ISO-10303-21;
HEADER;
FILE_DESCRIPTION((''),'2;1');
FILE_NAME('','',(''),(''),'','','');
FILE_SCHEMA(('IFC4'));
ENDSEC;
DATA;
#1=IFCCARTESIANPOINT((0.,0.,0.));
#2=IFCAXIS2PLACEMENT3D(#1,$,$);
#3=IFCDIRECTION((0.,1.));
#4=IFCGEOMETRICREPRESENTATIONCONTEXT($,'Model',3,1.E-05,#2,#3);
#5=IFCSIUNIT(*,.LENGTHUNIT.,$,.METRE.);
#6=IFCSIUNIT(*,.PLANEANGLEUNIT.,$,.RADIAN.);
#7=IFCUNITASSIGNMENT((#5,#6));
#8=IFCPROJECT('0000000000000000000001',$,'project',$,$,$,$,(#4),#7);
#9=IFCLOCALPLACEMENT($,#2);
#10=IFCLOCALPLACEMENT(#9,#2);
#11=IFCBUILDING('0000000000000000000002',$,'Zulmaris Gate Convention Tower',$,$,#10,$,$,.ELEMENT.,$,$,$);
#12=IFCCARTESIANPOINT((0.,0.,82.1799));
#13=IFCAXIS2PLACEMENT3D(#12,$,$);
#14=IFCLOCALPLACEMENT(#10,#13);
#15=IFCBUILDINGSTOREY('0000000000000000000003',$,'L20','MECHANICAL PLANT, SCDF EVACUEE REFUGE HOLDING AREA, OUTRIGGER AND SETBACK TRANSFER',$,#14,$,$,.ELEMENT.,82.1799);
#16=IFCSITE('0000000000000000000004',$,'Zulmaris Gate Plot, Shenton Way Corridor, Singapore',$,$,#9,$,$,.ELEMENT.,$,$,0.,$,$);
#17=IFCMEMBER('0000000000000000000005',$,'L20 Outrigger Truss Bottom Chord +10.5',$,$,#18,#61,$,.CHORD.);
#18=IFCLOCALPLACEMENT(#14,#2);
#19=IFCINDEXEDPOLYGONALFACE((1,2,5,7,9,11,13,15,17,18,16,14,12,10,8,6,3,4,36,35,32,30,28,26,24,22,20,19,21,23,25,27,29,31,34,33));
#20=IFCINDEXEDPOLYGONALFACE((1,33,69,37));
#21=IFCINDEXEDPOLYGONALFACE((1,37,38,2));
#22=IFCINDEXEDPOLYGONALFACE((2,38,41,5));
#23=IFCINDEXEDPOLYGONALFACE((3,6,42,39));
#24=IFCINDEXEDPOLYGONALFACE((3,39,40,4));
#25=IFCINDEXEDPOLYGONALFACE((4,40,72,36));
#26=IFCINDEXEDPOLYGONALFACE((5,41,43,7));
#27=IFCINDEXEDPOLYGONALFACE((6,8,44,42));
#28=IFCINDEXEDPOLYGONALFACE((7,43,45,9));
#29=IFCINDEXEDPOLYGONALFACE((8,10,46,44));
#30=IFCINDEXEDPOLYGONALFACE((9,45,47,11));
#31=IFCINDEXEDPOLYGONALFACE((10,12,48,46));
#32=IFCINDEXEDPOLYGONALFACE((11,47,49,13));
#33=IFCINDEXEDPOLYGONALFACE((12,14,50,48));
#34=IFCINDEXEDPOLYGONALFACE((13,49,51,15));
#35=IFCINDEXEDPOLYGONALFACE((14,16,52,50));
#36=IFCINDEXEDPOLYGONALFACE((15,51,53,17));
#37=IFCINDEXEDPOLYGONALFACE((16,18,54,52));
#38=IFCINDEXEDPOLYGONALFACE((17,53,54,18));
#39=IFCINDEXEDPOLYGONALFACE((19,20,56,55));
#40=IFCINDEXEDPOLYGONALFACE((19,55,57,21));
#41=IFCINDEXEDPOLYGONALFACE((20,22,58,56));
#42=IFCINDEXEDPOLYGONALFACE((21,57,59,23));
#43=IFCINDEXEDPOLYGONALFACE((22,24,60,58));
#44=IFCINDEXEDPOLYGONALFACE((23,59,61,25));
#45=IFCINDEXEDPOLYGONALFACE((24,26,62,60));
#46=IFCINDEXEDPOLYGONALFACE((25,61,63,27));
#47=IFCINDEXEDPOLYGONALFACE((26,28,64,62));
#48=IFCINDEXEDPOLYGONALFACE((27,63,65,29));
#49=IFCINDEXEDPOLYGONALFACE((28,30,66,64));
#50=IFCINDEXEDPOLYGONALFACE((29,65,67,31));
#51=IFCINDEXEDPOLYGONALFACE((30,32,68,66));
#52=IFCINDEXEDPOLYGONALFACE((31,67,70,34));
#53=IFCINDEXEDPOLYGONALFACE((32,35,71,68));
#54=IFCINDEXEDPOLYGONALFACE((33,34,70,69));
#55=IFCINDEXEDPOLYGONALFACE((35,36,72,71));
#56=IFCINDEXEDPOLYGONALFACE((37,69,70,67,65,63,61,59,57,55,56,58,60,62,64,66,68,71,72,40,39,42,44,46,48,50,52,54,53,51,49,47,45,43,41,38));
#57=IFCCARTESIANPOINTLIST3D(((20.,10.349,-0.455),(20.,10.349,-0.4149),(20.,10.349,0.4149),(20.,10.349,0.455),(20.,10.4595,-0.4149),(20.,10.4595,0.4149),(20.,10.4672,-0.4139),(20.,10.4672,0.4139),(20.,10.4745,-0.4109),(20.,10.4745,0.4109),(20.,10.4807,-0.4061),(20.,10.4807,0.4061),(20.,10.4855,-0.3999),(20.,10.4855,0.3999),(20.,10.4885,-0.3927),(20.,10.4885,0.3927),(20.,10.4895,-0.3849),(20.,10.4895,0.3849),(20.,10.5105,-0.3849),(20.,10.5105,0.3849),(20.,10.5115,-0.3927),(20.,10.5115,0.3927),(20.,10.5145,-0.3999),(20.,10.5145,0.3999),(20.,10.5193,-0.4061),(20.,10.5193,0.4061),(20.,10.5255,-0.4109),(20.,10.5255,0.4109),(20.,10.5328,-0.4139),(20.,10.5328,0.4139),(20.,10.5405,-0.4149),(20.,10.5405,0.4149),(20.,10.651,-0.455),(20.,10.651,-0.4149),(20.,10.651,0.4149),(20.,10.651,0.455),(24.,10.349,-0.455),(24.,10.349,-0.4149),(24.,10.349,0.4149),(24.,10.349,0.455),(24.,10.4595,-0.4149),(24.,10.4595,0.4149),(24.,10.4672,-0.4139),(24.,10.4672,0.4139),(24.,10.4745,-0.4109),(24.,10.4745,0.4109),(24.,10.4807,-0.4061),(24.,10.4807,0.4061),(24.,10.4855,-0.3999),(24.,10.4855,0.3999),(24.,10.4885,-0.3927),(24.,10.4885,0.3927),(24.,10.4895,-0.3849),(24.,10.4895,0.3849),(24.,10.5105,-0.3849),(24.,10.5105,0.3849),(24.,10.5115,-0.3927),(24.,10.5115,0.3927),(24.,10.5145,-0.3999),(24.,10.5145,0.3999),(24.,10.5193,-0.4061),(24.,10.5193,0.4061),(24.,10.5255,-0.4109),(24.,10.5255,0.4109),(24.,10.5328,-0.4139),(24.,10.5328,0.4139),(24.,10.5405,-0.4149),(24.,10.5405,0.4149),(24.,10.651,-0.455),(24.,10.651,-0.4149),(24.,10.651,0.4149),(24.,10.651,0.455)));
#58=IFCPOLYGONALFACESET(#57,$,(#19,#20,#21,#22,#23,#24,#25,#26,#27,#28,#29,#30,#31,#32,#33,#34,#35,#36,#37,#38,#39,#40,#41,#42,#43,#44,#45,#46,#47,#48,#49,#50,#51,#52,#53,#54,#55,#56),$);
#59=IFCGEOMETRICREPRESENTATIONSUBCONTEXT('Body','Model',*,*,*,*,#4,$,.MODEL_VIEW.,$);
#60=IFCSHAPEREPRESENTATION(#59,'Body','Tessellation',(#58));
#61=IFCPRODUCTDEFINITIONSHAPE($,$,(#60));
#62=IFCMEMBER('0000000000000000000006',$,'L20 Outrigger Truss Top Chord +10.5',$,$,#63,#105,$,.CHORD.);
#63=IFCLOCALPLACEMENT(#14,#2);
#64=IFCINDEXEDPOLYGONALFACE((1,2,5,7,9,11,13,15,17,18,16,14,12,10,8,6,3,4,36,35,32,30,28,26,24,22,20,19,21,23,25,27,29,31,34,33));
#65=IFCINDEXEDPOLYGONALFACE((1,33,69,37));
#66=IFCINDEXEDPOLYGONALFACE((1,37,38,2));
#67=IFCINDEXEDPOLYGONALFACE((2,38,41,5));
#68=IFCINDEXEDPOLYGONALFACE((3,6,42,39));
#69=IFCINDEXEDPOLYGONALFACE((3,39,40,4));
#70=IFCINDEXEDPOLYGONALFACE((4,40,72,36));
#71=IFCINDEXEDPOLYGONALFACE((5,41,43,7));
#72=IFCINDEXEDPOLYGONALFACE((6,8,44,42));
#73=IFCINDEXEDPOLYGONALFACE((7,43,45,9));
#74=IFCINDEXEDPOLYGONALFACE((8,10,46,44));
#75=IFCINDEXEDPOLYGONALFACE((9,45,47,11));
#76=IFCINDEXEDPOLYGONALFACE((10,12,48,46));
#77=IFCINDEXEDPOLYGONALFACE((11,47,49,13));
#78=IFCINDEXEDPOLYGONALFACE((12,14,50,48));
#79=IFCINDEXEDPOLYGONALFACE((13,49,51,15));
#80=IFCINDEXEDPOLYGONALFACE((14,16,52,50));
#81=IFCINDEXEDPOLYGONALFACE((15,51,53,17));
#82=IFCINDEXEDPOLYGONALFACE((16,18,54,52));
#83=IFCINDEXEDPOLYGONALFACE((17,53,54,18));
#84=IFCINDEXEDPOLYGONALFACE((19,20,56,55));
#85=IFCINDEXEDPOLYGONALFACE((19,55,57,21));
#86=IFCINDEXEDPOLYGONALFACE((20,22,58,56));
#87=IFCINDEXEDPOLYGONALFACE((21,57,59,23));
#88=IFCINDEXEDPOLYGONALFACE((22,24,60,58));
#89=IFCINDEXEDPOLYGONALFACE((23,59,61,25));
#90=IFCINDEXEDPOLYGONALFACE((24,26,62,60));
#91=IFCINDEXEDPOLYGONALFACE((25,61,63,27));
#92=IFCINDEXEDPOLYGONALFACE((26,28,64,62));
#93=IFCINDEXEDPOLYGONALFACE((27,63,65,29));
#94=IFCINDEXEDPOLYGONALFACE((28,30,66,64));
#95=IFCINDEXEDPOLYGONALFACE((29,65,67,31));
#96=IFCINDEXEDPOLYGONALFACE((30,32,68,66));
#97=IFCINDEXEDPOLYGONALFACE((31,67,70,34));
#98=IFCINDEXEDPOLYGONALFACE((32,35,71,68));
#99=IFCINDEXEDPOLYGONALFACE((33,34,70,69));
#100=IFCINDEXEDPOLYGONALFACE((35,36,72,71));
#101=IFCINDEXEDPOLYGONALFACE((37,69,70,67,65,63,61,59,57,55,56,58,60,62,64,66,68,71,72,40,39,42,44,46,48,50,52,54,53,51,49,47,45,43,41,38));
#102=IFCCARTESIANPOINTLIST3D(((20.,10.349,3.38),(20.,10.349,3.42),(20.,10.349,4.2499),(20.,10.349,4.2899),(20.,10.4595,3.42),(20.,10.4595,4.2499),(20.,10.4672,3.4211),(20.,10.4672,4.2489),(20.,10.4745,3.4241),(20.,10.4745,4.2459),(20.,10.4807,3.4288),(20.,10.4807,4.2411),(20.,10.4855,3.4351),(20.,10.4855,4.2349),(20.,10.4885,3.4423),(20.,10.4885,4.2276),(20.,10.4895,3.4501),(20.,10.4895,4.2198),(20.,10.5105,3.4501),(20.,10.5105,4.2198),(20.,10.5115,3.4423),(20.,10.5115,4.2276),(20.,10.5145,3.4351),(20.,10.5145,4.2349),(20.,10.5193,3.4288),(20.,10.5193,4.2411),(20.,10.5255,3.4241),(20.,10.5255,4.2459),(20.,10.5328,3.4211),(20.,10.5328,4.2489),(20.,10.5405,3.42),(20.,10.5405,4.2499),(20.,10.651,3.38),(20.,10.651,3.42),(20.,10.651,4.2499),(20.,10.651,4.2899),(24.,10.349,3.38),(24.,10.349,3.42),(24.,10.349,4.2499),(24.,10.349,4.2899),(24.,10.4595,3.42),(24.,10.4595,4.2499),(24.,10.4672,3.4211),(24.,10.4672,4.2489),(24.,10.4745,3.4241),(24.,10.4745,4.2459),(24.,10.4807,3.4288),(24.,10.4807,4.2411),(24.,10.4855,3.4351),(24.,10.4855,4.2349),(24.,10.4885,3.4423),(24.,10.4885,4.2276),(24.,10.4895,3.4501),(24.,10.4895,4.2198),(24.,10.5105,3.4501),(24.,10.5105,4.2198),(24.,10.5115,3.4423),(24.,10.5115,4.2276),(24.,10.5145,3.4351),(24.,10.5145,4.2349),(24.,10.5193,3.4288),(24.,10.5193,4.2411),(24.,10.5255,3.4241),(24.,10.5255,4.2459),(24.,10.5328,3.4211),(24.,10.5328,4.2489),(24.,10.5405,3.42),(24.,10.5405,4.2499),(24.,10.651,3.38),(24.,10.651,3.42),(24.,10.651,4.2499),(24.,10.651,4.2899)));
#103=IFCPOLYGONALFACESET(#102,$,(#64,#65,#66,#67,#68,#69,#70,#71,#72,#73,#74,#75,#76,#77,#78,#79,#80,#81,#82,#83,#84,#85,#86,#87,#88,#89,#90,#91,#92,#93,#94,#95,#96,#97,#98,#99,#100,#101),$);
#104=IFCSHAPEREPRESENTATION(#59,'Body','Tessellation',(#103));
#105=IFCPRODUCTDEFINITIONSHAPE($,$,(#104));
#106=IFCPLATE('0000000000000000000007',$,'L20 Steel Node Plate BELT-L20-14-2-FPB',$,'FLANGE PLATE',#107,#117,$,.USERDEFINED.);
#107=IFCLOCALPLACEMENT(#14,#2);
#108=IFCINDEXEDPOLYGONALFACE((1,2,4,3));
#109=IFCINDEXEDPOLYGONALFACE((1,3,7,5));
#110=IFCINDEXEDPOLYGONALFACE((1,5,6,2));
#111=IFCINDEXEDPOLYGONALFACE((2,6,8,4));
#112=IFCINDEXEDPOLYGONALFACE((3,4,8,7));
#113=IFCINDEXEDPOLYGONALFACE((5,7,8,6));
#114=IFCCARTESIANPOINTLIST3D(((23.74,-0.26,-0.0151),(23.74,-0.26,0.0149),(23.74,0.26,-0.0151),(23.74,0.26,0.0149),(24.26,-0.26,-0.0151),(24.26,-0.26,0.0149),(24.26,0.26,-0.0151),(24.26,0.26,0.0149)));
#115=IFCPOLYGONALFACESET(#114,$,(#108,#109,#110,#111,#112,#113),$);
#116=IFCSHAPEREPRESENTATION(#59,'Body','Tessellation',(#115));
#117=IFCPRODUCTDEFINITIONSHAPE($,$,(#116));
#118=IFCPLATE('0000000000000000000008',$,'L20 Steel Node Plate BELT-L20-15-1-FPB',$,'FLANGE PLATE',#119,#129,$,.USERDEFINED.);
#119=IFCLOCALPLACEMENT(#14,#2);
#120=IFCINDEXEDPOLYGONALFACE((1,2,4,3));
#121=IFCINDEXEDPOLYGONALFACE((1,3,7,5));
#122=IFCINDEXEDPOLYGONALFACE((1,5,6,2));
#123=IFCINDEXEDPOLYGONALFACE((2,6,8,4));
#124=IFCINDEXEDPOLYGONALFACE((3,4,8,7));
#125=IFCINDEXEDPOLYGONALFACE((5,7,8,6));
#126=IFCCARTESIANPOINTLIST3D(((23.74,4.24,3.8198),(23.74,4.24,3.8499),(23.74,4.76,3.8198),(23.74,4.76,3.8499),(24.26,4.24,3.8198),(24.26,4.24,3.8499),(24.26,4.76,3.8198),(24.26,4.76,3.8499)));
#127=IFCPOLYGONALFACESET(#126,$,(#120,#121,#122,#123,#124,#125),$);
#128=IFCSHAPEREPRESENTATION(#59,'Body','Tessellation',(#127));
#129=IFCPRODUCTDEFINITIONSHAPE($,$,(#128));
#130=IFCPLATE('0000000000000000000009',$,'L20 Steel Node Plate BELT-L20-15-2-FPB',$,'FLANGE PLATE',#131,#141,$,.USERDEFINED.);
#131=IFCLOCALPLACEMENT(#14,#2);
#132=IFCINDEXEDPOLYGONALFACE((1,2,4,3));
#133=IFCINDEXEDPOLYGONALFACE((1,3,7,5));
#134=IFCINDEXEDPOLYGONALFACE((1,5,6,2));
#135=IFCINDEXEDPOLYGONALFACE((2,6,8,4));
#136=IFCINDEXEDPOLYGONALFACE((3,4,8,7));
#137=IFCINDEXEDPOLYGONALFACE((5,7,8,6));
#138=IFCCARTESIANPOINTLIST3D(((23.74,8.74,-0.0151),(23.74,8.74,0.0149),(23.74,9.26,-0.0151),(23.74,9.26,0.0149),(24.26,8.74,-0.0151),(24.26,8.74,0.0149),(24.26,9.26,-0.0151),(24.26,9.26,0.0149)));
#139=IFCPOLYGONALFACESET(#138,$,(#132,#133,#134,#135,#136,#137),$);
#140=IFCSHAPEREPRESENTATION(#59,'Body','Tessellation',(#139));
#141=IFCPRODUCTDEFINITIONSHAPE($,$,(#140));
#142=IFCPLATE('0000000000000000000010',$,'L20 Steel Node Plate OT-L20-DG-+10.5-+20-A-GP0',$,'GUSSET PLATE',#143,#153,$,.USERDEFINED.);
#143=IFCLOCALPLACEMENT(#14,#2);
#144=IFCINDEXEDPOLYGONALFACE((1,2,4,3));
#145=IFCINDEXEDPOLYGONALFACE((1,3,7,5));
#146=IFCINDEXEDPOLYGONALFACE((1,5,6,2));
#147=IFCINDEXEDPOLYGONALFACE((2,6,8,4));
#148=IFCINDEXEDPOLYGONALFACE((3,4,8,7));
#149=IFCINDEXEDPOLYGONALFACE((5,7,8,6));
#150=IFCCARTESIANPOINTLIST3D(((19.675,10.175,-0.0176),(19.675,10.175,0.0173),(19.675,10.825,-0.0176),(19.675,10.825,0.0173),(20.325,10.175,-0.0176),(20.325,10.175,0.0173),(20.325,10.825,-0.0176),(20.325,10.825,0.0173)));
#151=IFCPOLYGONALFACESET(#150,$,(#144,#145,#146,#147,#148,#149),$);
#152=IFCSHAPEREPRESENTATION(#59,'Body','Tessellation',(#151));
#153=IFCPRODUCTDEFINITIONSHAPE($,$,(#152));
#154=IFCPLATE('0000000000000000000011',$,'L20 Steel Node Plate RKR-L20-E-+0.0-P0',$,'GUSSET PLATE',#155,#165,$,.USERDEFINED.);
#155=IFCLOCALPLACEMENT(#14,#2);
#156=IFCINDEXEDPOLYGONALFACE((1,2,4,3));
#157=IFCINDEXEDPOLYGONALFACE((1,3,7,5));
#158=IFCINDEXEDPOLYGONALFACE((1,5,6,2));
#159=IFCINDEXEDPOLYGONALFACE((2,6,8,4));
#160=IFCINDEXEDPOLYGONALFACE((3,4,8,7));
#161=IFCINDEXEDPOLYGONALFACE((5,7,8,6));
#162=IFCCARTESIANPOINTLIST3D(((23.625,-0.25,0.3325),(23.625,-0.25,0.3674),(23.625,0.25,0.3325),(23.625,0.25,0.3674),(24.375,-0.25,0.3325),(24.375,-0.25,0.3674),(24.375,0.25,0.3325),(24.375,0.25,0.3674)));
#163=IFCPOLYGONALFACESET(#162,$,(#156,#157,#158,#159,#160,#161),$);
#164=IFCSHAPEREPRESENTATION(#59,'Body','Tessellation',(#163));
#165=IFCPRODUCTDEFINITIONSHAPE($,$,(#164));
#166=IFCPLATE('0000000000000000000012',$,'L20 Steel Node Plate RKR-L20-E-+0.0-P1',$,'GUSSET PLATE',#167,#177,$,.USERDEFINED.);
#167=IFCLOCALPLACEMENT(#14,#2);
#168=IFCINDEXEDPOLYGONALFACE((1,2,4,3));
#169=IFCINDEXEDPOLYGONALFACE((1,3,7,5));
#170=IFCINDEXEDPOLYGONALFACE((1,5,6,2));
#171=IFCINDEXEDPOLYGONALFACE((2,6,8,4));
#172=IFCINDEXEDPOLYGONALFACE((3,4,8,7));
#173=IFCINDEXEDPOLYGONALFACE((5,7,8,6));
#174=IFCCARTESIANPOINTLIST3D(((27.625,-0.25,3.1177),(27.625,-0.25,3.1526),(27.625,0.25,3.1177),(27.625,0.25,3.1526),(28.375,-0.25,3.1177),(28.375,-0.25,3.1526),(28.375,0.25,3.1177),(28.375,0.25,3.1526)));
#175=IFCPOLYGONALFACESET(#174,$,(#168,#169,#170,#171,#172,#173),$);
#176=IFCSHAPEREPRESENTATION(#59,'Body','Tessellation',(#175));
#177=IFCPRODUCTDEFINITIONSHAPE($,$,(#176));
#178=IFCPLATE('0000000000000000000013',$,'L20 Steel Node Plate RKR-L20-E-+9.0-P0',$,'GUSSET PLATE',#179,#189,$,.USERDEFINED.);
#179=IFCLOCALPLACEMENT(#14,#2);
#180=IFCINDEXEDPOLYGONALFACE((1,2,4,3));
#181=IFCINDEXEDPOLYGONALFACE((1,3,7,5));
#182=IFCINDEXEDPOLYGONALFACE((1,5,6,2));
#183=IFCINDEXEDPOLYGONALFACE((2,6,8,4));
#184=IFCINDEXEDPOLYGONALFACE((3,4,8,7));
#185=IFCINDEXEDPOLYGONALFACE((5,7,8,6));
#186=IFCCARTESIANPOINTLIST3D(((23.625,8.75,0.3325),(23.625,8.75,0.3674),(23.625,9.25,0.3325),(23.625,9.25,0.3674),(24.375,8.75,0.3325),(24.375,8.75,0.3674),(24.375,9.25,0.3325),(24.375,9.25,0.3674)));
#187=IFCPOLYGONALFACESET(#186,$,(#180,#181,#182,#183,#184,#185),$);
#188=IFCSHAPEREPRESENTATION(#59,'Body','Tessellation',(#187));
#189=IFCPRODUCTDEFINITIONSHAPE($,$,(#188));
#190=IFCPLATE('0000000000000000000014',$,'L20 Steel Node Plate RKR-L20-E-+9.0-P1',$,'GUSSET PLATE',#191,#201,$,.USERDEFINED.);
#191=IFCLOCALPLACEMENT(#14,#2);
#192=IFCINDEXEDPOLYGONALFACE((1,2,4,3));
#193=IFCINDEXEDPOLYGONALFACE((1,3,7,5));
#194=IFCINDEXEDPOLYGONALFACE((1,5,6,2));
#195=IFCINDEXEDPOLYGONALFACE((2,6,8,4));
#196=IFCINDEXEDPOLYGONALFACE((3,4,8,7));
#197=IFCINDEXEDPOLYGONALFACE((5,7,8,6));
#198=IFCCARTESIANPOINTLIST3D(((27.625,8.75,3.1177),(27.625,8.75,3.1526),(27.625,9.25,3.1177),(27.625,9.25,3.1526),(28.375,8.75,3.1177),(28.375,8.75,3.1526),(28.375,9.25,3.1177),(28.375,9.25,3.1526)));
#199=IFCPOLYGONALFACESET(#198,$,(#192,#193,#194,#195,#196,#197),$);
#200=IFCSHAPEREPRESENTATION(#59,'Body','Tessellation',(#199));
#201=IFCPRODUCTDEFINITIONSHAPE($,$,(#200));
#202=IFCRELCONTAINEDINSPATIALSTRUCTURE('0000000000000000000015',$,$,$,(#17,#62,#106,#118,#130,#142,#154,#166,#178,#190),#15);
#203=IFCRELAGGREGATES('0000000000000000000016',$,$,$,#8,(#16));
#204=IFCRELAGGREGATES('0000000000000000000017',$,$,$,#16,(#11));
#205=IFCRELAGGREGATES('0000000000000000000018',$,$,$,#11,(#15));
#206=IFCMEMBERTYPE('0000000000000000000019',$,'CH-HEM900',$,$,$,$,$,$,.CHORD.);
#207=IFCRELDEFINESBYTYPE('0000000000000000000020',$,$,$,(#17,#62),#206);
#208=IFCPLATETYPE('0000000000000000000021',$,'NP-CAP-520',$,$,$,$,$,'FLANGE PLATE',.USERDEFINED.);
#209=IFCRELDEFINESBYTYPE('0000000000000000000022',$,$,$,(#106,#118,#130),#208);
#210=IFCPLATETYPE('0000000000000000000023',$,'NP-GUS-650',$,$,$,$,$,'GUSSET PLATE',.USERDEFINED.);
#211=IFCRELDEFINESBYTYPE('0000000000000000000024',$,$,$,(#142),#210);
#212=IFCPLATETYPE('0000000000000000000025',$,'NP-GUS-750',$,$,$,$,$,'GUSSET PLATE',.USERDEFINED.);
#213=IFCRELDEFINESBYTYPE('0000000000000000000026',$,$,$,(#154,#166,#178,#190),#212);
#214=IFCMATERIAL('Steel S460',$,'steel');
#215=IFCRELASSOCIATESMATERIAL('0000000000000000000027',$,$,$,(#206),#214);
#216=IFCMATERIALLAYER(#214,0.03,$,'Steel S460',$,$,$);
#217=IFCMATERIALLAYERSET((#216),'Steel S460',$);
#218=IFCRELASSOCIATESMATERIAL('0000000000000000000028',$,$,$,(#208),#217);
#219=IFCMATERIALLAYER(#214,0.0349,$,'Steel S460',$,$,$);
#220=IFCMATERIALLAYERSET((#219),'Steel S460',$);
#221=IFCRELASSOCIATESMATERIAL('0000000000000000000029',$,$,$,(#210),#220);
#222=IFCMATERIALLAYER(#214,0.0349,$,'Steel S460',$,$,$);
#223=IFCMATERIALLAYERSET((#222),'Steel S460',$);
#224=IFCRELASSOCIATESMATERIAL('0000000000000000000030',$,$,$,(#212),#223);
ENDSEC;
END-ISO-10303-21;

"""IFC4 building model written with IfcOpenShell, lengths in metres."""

from ifc_helpers import new_model, si_unit, direction, frame, origin, origin_2d, place, context, subcontext, project, spatial, rectangle, i_section, extrude, material, layer, layer_set, material_profile, profile_set, type_object, element, save


model = new_model("IFC4")

# Units and contexts
model_context = context("Model", 3, precision=1e-05, world=origin(), true_north=direction((0.0, 1.0)))
body_context = subcontext(model_context, "Body", "Model", "MODEL_VIEW")
ifc_project = project(units=[si_unit("LENGTHUNIT", "METRE"), si_unit("PLANEANGLEUNIT", "RADIAN")], contexts=[model_context])

# Site, building, storey
site_placement = place(None, origin())
site = spatial("IfcSite", under=ifc_project, at=site_placement, Name="Zulmaris Gate Plot, Shenton Way Corridor, Singapore", CompositionType="ELEMENT", RefElevation=0.0)
building_placement = place(site_placement, origin())
building = spatial("IfcBuilding", under=site, at=building_placement, Name="Zulmaris Gate Convention Tower", CompositionType="ELEMENT")
storey_placement = place(building_placement, frame((0.0, 0.0, 82.1799)))
storey = spatial("IfcBuildingStorey", under=building, at=storey_placement, Name="L20", Description="MECHANICAL PLANT, SCDF EVACUEE REFUGE HOLDING AREA, OUTRIGGER AND SETBACK TRANSFER", CompositionType="ELEMENT", Elevation=82.1799)

# Shared definitions
ifc_material_1 = material(Name="Steel S460", Category="steel")

# Members
ifc_material_profile_1 = material_profile(ifc_material_1, i_section(OverallWidth=0.302, OverallDepth=0.9099, WebThickness=0.021, FlangeThickness=0.04, FilletRadius=0.03, at=origin_2d()), Name="HEM 900")
ifc_profile_set_1 = profile_set([ifc_material_profile_1], Name="Steel S460")
member_type_1 = type_object("IfcMemberType", Name="CH-HEM900", PredefinedType="CHORD", material=ifc_profile_set_1)
for number, where, z_axis, x_axis, name in (
    (1, (20.0, 10.5, 0.0), (1.0, 0.0, 0.0), (0.0, 1.0, 0.0), "L20 Outrigger Truss Bottom Chord +10.5"),
    (2, (20.0, 10.5, 3.835), (1.0, 0.0, 0.0), (0.0, 1.0, 0.0), "L20 Outrigger Truss Top Chord +10.5"),
):
    element("IfcMember", number, at=place(storey_placement, frame(where, z_axis=z_axis, x_axis=x_axis)), inside=storey, type_object=member_type_1, Name=name, PredefinedType="CHORD", context=body_context, shape_type="SweptSolid", body=[
        extrude(i_section(OverallWidth=0.302, OverallDepth=0.9099, WebThickness=0.021, FlangeThickness=0.04, FilletRadius=0.03, at=origin_2d()), origin(), (0.0, 0.0, 1.0), 4.0),
    ])

# Plates
ifc_layer_1 = layer(ifc_material_1, 0.03, Name="Steel S460")
ifc_layer_set_1 = layer_set([ifc_layer_1], Name="Steel S460")
plate_type_1 = type_object("IfcPlateType", Name="NP-CAP-520", ElementType="FLANGE PLATE", PredefinedType="USERDEFINED", material=ifc_layer_set_1)
for number, where, z_axis, x_axis, name in (
    (3, (24.0, 0.0, -0.0151), (0.0, 0.0, 1.0), (1.0, 0.0, 0.0), "L20 Steel Node Plate BELT-L20-14-2-FPB"),
    (4, (24.0, 4.5, 3.8198), (0.0, 0.0, 1.0), (1.0, 0.0, 0.0), "L20 Steel Node Plate BELT-L20-15-1-FPB"),
    (5, (24.0, 9.0, -0.0151), (0.0, 0.0, 1.0), (1.0, 0.0, 0.0), "L20 Steel Node Plate BELT-L20-15-2-FPB"),
):
    element("IfcPlate", number, at=place(storey_placement, frame(where, z_axis=z_axis, x_axis=x_axis)), inside=storey, type_object=plate_type_1, Name=name, ObjectType="FLANGE PLATE", PredefinedType="USERDEFINED", context=body_context, shape_type="SweptSolid", body=[
        extrude(rectangle(XDim=0.52, YDim=0.52, at=origin_2d()), origin(), (0.0, 0.0, 1.0), 0.03),
    ])
ifc_layer_2 = layer(ifc_material_1, 0.0349, Name="Steel S460")
ifc_layer_set_2 = layer_set([ifc_layer_2], Name="Steel S460")
plate_type_2 = type_object("IfcPlateType", Name="NP-GUS-650", ElementType="GUSSET PLATE", PredefinedType="USERDEFINED", material=ifc_layer_set_2)
plate_placement = place(storey_placement, frame((20.0, 10.5, -0.0176), z_axis=(0.0, 0.0, 1.0), x_axis=(1.0, 0.0, 0.0)))
element("IfcPlate", 6, at=plate_placement, inside=storey, type_object=plate_type_2, Name="L20 Steel Node Plate OT-L20-DG-+10.5-+20-A-GP0", ObjectType="GUSSET PLATE", PredefinedType="USERDEFINED", context=body_context, shape_type="SweptSolid", body=[
    extrude(rectangle(XDim=0.6499, YDim=0.6499, at=origin_2d()), origin(), (0.0, 0.0, 1.0), 0.0349),
])
ifc_layer_3 = layer(ifc_material_1, 0.0349, Name="Steel S460")
ifc_layer_set_3 = layer_set([ifc_layer_3], Name="Steel S460")
plate_type_3 = type_object("IfcPlateType", Name="NP-GUS-750", ElementType="GUSSET PLATE", PredefinedType="USERDEFINED", material=ifc_layer_set_3)
for number, where, z_axis, x_axis, name in (
    (7, (24.0, 0.0, 0.3325), (0.0, 0.0, 1.0), (1.0, 0.0, 0.0), "L20 Steel Node Plate RKR-L20-E-+0.0-P0"),
    (8, (28.0, 0.0, 3.1177), (0.0, 0.0, 1.0), (1.0, 0.0, 0.0), "L20 Steel Node Plate RKR-L20-E-+0.0-P1"),
    (9, (24.0, 9.0, 0.3325), (0.0, 0.0, 1.0), (1.0, 0.0, 0.0), "L20 Steel Node Plate RKR-L20-E-+9.0-P0"),
    (10, (28.0, 9.0, 3.1177), (0.0, 0.0, 1.0), (1.0, 0.0, 0.0), "L20 Steel Node Plate RKR-L20-E-+9.0-P1"),
):
    element("IfcPlate", number, at=place(storey_placement, frame(where, z_axis=z_axis, x_axis=x_axis)), inside=storey, type_object=plate_type_3, Name=name, ObjectType="GUSSET PLATE", PredefinedType="USERDEFINED", context=body_context, shape_type="SweptSolid", body=[
        extrude(rectangle(XDim=0.75, YDim=0.5, at=origin_2d()), origin(), (0.0, 0.0, 1.0), 0.0349),
    ])

save(model, "model.ifc")
